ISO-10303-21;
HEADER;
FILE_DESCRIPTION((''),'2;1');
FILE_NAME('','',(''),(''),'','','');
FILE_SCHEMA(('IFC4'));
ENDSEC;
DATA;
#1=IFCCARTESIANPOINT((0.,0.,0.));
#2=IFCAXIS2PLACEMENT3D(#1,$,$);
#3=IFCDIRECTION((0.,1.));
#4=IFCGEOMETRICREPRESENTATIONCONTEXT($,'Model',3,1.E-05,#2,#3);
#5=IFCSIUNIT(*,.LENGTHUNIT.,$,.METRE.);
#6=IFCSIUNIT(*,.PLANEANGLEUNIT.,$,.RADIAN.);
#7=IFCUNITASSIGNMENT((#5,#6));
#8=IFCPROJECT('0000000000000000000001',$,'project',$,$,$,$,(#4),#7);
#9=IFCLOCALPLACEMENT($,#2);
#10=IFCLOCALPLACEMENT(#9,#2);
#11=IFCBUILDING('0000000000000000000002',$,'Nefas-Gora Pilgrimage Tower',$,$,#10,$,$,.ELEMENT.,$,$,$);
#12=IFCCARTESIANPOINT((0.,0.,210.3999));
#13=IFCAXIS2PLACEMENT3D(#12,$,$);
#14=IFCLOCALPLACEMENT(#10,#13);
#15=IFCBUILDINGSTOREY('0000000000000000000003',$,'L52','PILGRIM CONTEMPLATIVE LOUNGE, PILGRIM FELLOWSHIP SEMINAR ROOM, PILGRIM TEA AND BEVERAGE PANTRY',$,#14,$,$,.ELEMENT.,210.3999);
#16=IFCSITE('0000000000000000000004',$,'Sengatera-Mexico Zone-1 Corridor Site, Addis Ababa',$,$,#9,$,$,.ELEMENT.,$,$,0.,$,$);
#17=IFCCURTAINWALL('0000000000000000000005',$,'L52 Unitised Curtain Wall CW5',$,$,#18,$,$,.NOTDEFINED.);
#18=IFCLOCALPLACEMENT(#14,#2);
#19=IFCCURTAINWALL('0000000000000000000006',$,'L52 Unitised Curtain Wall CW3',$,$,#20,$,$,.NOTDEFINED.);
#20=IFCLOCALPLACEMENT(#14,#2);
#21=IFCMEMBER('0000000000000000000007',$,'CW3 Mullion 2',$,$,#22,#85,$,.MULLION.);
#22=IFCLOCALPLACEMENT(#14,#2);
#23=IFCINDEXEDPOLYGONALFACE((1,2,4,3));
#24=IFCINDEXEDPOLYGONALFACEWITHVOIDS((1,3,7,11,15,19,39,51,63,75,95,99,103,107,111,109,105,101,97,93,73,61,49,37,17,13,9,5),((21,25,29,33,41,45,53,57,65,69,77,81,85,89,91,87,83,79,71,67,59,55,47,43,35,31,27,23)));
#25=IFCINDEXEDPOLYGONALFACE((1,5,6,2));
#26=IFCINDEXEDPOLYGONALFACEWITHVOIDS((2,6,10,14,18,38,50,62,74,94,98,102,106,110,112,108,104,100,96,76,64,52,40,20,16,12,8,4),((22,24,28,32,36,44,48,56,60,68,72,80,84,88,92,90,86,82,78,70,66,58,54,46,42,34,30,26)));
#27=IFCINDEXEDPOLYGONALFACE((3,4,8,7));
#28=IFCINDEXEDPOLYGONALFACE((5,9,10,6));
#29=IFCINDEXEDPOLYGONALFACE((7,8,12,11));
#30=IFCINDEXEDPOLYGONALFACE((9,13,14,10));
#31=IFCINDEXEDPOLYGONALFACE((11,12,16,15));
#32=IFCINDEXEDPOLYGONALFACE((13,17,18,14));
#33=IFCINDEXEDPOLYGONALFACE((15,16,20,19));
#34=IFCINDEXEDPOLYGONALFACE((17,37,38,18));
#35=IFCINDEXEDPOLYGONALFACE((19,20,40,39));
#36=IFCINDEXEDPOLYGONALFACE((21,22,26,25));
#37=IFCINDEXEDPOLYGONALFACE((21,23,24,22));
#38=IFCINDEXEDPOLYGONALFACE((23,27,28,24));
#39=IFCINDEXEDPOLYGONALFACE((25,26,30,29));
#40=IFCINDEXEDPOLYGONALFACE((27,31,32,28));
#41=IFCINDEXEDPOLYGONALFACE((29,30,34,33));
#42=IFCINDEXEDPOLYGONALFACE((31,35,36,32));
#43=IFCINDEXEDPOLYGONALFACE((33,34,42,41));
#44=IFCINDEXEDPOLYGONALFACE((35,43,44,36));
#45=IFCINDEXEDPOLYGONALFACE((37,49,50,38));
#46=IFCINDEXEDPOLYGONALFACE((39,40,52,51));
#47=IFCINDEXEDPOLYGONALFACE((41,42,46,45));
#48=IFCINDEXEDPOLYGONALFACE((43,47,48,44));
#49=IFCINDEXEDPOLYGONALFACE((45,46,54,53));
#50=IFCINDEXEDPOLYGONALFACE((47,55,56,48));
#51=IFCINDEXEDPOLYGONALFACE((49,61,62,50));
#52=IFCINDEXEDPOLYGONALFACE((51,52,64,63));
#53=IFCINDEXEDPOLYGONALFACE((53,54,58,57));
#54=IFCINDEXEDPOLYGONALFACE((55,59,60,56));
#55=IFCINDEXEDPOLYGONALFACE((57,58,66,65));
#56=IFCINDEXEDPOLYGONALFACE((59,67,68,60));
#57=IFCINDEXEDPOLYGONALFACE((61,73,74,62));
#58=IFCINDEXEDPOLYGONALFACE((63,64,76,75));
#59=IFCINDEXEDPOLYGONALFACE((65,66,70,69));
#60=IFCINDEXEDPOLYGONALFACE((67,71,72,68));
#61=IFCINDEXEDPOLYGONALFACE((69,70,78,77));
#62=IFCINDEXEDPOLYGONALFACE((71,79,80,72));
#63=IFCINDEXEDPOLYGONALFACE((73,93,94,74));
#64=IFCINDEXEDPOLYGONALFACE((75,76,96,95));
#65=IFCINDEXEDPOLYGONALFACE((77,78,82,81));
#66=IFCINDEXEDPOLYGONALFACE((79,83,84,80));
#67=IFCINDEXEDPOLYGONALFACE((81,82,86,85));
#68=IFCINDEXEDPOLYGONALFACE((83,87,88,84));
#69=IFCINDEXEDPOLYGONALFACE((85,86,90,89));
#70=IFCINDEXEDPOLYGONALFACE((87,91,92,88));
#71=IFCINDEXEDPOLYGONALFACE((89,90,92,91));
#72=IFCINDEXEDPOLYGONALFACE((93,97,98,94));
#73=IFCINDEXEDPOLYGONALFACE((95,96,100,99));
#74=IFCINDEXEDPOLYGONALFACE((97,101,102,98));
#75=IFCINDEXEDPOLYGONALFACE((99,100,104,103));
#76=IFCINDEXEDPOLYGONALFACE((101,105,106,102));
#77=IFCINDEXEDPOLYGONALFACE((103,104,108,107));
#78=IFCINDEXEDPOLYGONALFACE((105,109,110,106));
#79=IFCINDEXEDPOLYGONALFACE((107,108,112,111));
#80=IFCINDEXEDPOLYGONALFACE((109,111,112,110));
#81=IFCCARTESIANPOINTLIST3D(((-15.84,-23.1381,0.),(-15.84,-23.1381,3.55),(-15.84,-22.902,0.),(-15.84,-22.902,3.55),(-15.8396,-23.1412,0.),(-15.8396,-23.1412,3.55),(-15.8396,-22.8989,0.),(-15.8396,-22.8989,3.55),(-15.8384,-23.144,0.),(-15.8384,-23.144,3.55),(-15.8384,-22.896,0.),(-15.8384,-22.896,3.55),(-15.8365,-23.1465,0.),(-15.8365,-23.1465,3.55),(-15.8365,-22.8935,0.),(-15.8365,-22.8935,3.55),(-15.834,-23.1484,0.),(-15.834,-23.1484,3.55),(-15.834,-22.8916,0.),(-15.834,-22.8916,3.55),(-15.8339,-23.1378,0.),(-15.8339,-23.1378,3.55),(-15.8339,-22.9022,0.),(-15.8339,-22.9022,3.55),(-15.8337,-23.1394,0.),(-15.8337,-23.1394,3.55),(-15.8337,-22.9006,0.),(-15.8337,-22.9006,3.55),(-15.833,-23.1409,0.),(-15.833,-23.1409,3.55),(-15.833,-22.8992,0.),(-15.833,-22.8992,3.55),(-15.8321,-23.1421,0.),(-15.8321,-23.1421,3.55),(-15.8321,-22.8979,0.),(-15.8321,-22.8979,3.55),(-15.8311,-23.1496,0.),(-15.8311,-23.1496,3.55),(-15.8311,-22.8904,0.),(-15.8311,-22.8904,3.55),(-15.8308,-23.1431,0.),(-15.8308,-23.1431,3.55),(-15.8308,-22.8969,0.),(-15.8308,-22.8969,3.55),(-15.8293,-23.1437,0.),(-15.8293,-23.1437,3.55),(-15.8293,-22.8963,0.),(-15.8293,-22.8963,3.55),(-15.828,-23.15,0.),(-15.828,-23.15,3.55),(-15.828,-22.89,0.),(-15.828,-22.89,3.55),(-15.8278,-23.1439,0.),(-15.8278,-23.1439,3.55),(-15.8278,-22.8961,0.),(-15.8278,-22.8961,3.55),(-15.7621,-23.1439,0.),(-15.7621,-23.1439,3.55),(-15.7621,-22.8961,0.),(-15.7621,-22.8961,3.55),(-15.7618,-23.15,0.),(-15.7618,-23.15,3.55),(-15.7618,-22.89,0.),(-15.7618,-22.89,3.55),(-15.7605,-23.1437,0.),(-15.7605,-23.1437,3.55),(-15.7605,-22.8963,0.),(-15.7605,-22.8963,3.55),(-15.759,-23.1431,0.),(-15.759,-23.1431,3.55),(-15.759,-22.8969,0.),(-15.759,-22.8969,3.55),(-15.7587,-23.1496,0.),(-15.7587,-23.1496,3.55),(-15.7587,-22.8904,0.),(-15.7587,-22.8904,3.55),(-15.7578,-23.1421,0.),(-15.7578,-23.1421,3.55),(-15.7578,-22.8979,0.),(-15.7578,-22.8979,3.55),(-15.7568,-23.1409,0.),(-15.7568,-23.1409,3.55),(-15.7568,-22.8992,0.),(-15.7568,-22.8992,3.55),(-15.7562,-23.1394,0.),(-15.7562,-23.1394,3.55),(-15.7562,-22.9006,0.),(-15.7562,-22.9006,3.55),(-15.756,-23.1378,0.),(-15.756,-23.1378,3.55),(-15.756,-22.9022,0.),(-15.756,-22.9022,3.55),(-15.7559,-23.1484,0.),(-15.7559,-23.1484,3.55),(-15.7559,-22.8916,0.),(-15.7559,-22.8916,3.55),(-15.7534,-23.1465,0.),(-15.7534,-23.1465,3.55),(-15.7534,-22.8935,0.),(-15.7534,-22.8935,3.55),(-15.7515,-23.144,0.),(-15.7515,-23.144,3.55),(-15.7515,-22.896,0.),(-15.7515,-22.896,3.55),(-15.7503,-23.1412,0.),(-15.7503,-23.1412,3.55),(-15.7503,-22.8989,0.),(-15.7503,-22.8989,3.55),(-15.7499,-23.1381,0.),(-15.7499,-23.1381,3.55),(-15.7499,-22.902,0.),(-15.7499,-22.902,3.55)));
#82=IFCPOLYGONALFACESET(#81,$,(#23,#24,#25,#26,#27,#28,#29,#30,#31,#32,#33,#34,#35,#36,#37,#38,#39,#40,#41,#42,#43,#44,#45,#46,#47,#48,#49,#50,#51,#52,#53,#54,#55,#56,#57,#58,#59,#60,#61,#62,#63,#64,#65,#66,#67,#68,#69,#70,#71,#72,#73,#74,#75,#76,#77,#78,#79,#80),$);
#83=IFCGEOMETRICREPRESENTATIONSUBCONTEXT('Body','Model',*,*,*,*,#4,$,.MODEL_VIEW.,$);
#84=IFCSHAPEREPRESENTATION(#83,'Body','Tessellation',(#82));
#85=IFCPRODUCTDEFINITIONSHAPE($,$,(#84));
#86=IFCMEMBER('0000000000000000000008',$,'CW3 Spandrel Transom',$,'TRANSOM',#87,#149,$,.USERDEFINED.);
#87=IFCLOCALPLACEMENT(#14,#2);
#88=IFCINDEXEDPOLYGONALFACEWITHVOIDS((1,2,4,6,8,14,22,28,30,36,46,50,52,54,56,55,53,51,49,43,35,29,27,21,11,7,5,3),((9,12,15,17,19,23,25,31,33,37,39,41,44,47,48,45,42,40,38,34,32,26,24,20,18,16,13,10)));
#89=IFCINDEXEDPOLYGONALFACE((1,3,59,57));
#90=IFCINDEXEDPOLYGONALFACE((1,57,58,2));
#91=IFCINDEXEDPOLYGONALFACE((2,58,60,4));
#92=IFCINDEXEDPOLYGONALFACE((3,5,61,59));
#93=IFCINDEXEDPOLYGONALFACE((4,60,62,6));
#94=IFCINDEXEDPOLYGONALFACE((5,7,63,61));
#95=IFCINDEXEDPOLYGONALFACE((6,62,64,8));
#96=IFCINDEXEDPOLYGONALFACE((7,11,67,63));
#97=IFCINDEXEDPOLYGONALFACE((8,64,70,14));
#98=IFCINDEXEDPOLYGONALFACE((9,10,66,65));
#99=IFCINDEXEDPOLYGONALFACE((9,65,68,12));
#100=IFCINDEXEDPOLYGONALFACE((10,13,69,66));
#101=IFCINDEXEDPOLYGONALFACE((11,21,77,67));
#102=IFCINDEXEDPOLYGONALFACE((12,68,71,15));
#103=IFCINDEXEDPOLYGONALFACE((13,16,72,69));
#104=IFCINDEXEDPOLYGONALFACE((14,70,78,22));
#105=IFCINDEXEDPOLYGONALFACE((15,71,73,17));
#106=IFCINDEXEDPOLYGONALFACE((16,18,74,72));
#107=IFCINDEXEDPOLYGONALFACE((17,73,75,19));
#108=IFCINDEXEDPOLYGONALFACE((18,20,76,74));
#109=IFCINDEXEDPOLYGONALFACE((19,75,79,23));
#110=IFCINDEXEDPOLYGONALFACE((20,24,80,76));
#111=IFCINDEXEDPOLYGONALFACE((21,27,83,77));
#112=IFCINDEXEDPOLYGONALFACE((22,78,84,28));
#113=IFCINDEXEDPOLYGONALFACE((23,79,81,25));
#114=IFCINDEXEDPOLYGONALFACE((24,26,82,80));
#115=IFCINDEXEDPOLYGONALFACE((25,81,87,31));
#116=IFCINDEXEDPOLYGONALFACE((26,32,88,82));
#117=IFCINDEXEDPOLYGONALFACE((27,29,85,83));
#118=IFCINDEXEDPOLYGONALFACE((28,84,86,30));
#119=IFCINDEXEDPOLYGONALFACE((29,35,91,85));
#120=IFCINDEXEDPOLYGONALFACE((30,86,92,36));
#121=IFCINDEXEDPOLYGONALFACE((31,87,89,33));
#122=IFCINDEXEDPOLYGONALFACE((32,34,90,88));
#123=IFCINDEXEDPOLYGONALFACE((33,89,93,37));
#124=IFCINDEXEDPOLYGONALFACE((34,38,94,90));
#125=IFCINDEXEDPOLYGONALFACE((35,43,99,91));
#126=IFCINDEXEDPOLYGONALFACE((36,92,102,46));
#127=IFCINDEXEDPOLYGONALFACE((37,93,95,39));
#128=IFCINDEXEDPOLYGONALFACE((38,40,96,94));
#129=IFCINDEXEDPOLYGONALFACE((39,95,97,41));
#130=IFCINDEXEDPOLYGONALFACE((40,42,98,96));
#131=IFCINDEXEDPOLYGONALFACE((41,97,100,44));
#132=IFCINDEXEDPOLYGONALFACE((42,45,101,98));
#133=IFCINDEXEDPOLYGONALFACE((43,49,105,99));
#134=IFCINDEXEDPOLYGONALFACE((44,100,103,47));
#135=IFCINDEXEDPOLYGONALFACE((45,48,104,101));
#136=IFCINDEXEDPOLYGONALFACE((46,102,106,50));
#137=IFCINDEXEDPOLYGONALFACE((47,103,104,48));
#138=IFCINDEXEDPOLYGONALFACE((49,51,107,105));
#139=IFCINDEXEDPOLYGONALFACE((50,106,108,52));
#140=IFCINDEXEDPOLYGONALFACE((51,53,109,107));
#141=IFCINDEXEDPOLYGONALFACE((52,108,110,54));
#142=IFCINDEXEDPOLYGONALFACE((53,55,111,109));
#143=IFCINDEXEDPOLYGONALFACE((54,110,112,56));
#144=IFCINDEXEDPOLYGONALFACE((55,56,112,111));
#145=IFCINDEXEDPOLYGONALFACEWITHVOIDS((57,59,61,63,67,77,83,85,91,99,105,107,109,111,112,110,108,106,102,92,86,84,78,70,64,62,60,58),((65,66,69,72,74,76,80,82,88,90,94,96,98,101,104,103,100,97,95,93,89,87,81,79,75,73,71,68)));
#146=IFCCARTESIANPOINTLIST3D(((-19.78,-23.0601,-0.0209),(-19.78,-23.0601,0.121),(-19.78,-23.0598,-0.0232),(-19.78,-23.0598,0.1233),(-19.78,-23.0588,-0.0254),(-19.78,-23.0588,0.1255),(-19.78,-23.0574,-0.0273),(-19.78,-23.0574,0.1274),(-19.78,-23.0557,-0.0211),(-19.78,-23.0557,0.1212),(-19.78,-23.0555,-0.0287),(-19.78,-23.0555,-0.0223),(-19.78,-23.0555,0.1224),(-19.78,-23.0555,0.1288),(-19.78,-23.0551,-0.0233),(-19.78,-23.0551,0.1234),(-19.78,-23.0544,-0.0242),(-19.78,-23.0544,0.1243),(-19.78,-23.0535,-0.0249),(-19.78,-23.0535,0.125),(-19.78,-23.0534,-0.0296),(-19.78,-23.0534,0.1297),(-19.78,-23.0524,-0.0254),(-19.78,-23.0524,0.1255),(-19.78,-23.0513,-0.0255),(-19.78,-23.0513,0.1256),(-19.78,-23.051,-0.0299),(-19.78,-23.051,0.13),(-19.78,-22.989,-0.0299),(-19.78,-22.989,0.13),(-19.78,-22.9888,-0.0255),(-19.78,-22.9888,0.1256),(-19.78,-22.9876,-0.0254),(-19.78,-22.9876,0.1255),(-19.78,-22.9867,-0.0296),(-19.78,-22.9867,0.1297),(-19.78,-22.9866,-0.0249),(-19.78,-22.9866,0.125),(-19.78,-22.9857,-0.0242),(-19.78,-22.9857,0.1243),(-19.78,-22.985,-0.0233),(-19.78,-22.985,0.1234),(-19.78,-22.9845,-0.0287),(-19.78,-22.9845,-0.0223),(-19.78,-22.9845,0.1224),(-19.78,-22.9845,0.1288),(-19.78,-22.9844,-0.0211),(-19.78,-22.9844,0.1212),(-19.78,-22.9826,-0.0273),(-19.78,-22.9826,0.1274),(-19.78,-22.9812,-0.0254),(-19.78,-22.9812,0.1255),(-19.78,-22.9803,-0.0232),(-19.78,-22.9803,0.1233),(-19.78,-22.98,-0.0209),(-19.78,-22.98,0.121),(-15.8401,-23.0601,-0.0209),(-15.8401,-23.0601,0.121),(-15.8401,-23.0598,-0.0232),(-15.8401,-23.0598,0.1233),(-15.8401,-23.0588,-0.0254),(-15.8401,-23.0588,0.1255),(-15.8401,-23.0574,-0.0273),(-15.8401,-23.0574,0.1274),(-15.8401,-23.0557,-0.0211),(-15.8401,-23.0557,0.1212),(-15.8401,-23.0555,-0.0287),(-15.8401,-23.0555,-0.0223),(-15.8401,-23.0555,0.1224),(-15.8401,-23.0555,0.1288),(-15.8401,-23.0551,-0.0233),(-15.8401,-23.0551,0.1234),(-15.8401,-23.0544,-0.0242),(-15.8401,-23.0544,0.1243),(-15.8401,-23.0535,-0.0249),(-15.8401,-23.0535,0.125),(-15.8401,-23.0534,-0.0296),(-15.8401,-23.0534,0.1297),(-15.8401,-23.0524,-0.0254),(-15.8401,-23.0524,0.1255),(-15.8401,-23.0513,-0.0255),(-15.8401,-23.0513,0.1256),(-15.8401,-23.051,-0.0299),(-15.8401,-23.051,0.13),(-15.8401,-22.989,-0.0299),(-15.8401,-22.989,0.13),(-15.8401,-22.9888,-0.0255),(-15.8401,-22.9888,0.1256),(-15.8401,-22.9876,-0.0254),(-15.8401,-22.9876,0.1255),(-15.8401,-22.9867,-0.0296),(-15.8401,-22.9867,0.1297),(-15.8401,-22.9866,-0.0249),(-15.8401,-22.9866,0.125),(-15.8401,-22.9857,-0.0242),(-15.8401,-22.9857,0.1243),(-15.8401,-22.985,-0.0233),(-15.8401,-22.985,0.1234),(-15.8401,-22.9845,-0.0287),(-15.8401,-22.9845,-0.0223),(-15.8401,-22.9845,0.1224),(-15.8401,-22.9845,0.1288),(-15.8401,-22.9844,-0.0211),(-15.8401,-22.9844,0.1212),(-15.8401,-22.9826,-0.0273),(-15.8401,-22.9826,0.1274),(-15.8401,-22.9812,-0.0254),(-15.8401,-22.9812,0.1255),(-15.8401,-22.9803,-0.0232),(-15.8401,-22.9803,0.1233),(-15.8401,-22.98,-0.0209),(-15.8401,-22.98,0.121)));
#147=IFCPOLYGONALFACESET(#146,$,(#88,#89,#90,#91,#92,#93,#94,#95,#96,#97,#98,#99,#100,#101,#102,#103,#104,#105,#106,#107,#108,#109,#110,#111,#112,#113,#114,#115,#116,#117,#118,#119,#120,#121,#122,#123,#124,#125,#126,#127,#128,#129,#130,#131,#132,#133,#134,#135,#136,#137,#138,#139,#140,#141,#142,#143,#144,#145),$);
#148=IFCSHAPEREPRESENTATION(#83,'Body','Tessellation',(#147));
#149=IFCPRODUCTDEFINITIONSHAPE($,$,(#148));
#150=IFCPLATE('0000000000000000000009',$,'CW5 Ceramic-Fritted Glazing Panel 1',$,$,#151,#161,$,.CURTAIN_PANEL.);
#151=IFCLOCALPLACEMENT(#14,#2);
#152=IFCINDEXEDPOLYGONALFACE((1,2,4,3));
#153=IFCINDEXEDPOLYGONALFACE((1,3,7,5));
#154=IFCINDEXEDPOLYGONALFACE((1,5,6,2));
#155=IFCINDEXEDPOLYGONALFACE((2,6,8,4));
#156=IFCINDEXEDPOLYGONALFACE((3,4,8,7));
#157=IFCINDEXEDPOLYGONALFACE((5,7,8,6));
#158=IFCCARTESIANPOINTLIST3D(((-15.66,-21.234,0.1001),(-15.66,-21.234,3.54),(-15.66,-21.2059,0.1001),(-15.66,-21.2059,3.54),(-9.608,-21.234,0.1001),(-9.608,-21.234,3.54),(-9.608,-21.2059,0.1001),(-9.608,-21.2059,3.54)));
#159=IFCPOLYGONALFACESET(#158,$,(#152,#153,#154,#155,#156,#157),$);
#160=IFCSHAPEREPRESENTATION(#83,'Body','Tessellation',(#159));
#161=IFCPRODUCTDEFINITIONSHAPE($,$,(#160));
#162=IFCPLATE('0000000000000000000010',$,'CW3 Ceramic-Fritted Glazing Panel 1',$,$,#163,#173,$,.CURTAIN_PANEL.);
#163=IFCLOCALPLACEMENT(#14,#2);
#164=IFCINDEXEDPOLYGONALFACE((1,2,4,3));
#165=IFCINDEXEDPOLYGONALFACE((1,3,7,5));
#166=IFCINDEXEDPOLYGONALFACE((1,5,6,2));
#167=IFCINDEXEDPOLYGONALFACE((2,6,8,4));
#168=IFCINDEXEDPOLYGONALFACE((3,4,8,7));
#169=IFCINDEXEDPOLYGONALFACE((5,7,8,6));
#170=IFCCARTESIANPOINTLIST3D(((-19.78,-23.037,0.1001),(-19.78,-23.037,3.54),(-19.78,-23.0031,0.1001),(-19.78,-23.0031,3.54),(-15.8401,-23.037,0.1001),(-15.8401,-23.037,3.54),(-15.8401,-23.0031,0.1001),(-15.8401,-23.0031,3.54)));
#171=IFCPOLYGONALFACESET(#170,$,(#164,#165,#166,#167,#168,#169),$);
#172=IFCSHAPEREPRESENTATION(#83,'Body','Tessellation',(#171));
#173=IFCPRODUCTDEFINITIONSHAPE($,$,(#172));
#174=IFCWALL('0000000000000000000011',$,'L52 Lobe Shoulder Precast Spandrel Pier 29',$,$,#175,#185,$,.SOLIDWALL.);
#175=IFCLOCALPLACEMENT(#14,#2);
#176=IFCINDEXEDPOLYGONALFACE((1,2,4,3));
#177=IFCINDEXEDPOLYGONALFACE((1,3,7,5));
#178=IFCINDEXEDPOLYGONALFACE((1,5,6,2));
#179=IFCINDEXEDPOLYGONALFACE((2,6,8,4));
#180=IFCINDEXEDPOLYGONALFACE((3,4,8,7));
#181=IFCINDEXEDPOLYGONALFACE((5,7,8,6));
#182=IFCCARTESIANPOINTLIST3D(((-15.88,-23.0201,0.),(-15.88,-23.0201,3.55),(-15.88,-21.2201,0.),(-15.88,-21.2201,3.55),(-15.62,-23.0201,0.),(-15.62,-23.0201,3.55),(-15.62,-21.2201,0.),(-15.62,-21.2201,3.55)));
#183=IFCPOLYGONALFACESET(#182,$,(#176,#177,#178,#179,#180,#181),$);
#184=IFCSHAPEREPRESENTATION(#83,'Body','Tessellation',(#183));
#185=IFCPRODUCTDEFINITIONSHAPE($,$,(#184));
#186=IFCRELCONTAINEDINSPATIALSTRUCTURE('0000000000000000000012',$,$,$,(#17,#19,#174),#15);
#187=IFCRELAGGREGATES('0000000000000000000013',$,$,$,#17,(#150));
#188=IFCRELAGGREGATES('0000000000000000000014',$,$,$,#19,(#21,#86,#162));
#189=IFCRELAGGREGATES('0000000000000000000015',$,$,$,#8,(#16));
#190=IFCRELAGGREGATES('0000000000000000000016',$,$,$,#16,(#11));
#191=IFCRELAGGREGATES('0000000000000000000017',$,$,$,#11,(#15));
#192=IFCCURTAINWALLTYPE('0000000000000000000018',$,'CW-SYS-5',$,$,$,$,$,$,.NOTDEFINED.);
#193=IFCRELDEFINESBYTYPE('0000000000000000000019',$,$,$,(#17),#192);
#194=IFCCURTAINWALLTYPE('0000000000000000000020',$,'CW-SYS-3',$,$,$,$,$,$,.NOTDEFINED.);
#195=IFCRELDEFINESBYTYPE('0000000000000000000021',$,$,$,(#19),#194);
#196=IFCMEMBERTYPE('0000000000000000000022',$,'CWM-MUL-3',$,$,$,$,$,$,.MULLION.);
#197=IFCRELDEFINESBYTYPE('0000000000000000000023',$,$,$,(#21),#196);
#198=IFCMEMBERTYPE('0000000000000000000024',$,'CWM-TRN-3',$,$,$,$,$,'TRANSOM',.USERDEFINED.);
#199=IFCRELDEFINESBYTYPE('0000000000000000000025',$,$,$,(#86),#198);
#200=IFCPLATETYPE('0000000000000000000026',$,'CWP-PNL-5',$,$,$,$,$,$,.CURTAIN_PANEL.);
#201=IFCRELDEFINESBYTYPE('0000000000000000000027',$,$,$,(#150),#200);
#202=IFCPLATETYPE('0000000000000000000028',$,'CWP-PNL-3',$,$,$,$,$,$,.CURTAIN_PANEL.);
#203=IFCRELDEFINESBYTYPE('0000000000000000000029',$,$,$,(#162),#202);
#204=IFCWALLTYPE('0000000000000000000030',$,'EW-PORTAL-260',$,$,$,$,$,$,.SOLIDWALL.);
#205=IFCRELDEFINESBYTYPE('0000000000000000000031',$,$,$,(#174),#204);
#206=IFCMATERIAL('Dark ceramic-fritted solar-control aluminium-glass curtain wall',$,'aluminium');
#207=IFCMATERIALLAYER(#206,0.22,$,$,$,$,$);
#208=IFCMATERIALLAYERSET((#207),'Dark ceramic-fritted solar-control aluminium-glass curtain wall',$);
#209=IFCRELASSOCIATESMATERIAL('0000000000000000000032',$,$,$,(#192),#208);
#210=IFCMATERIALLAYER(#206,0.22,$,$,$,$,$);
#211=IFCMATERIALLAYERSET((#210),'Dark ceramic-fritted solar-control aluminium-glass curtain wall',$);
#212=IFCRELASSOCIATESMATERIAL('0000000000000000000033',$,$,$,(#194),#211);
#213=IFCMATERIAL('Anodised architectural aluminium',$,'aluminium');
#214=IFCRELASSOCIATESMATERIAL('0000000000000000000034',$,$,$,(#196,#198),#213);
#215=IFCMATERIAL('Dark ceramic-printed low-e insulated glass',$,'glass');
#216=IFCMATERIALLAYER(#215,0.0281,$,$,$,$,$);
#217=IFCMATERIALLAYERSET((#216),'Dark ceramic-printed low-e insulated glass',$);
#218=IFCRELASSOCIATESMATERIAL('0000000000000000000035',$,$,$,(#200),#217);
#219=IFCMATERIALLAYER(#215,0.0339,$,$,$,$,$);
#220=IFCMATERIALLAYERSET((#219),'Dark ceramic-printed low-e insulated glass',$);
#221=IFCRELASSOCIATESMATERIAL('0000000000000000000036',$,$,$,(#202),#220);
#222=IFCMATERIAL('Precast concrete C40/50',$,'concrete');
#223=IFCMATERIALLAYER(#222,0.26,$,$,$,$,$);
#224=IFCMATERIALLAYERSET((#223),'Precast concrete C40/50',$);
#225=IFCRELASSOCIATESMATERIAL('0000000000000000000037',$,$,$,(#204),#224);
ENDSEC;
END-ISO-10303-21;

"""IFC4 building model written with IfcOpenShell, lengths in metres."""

from ifc_helpers import new_model, si_unit, direction, frame, frame_2d, origin, origin_2d, place, context, subcontext, project, spatial, rectangle, hollow_rectangle, extrude, source, transform, mapped, material, layer, layer_set, material_profile, profile_set, type_object, element, aggregate, save


model = new_model("IFC4")

# Units and contexts
model_context = context("Model", 3, precision=1e-05, world=origin(), true_north=direction((0.0, 1.0)))
body_context = subcontext(model_context, "Body", "Model", "MODEL_VIEW")
ifc_project = project(units=[si_unit("LENGTHUNIT", "METRE"), si_unit("PLANEANGLEUNIT", "RADIAN")], contexts=[model_context])

# Site, building, storey
site_placement = place(None, origin())
site = spatial("IfcSite", under=ifc_project, at=site_placement, Name="Sengatera-Mexico Zone-1 Corridor Site, Addis Ababa", CompositionType="ELEMENT", RefElevation=0.0)
building_placement = place(site_placement, origin())
building = spatial("IfcBuilding", under=site, at=building_placement, Name="Nefas-Gora Pilgrimage Tower", CompositionType="ELEMENT")
storey_placement = place(building_placement, frame((0.0, 0.0, 210.3999)))
storey = spatial("IfcBuildingStorey", under=building, at=storey_placement, Name="L52", Description="PILGRIM CONTEMPLATIVE LOUNGE, PILGRIM FELLOWSHIP SEMINAR ROOM, PILGRIM TEA AND BEVERAGE PANTRY", CompositionType="ELEMENT", Elevation=210.3999)

# Curtain wall
ifc_material_1 = material(Name="Dark ceramic-fritted solar-control aluminium-glass curtain wall", Category="aluminium")
ifc_layer_1 = layer(ifc_material_1, 0.22)
ifc_layer_set_1 = layer_set([ifc_layer_1], Name="Dark ceramic-fritted solar-control aluminium-glass curtain wall")
curtain_wall_type_1 = type_object("IfcCurtainWallType", Name="CW-SYS-5", PredefinedType="NOTDEFINED", material=ifc_layer_set_1)
curtain_wall_1_placement = place(storey_placement, origin())
curtain_wall_1 = element("IfcCurtainWall", 1, at=curtain_wall_1_placement, inside=storey, type_object=curtain_wall_type_1, Name="L52 Unitised Curtain Wall CW5", PredefinedType="NOTDEFINED")
ifc_material_2 = material(Name="Anodised architectural aluminium", Category="aluminium")

# Shared definitions
ifc_layer_2 = layer(ifc_material_1, 0.22)
ifc_layer_set_2 = layer_set([ifc_layer_2], Name="Dark ceramic-fritted solar-control aluminium-glass curtain wall")
curtain_wall_type_2 = type_object("IfcCurtainWallType", Name="CW-SYS-3", PredefinedType="NOTDEFINED", material=ifc_layer_set_2)
ifc_material_profile_1 = material_profile(ifc_material_2, hollow_rectangle(XDim=0.0901, YDim=0.26, WallThickness=0.0061, InnerFilletRadius=0.0061, OuterFilletRadius=0.012, at=origin_2d()), Name="ALU MULLION 90x260")
ifc_profile_set_1 = profile_set([ifc_material_profile_1], Name="Anodised architectural aluminium")
member_type_1 = type_object("IfcMemberType", Name="CWM-MUL-3", PredefinedType="MULLION", material=ifc_profile_set_1)
shared_shape_1 = source(origin(), body_context, "Body", "SweptSolid", [
    extrude(hollow_rectangle(XDim=0.0901, YDim=0.26, WallThickness=0.0061, InnerFilletRadius=0.0061, OuterFilletRadius=0.012, at=origin_2d()), origin(), (0.0, 0.0, 1.0), 3.55),
])

# Curtain wall, members
curtain_wall_2_placement = place(storey_placement, origin())
curtain_wall_2 = element("IfcCurtainWall", 2, at=curtain_wall_2_placement, inside=storey, type_object=curtain_wall_type_2, Name="L52 Unitised Curtain Wall CW3", PredefinedType="NOTDEFINED")
member_1_placement = place(storey_placement, frame((-15.7949, -23.02, 0.0), z_axis=(0.0, 0.0, 1.0), x_axis=(1.0, 0.0, 0.0)))
member_1 = element("IfcMember", 3, at=member_1_placement, type_object=member_type_1, Name="CW3 Mullion 2", PredefinedType="MULLION", context=body_context, shape_type="MappedRepresentation", body=[
    mapped(shared_shape_1, transform((0.0, 0.0, 0.0), x_axis=(1.0, 0.0, 0.0), y_axis=(0.0, 1.0, 0.0), z_axis=(0.0, 0.0, 1.0), scale=1.0)),
])
ifc_material_profile_2 = material_profile(ifc_material_2, hollow_rectangle(XDim=0.0801, YDim=0.1599, WallThickness=0.0044, InnerFilletRadius=0.0044, OuterFilletRadius=0.009, at=origin_2d()), Name="ALU TRANSOM 80x160")
ifc_profile_set_2 = profile_set([ifc_material_profile_2], Name="Anodised architectural aluminium")
member_type_2 = type_object("IfcMemberType", Name="CWM-TRN-3", ElementType="TRANSOM", PredefinedType="USERDEFINED", material=ifc_profile_set_2)
shared_shape_2 = source(origin(), body_context, "Body", "SweptSolid", [
    extrude(hollow_rectangle(XDim=0.0801, YDim=0.1599, WallThickness=0.0044, InnerFilletRadius=0.0044, OuterFilletRadius=0.009, at=origin_2d()), origin(), (0.0, 0.0, 1.0), 3.9399),
])
member_2_placement = place(storey_placement, frame((-19.78, -23.02, 0.05), z_axis=(1.0, 0.0, 0.0), x_axis=(0.0, 1.0, 0.0)))
member_2 = element("IfcMember", 4, at=member_2_placement, type_object=member_type_2, Name="CW3 Spandrel Transom", ObjectType="TRANSOM", PredefinedType="USERDEFINED", context=body_context, shape_type="MappedRepresentation", body=[
    mapped(shared_shape_2, transform((0.0, 0.0, 0.0), x_axis=(1.0, 0.0, 0.0), y_axis=(0.0, 1.0, 0.0), z_axis=(0.0, 0.0, 1.0), scale=1.0)),
])

# Plates
ifc_material_3 = material(Name="Dark ceramic-printed low-e insulated glass", Category="glass")
ifc_layer_3 = layer(ifc_material_3, 0.0281)
ifc_layer_set_3 = layer_set([ifc_layer_3], Name="Dark ceramic-printed low-e insulated glass")
plate_type_1 = type_object("IfcPlateType", Name="CWP-PNL-5", PredefinedType="CURTAIN_PANEL", material=ifc_layer_set_3)
shared_shape_3 = source(origin(), body_context, "Body", "SweptSolid", [
    extrude(rectangle(XDim=6.052, YDim=0.0281, at=origin_2d()), origin(), (0.0, 0.0, 1.0), 3.4399),
])
plate_1_placement = place(storey_placement, frame((-12.634, -21.22, 0.1001), z_axis=(0.0, 0.0, 1.0), x_axis=(1.0, 0.0, 0.0)))
plate_1 = element("IfcPlate", 5, at=plate_1_placement, type_object=plate_type_1, Name="CW5 Ceramic-Fritted Glazing Panel 1", PredefinedType="CURTAIN_PANEL", context=body_context, shape_type="MappedRepresentation", body=[
    mapped(shared_shape_3, transform((0.0, 0.0, 0.0), x_axis=(1.0, 0.0, 0.0), y_axis=(0.0, 1.0, 0.0), z_axis=(0.0, 0.0, 1.0), scale=1.0)),
])
aggregate(curtain_wall_1, [plate_1])
ifc_layer_4 = layer(ifc_material_3, 0.0339)
ifc_layer_set_4 = layer_set([ifc_layer_4], Name="Dark ceramic-printed low-e insulated glass")
plate_type_2 = type_object("IfcPlateType", Name="CWP-PNL-3", PredefinedType="CURTAIN_PANEL", material=ifc_layer_set_4)
shared_shape_4 = source(origin(), body_context, "Body", "SweptSolid", [
    extrude(rectangle(XDim=3.9399, YDim=0.0339, at=origin_2d()), origin(), (0.0, 0.0, 1.0), 3.4399),
])
plate_2_placement = place(storey_placement, frame((-17.8101, -23.02, 0.1001), z_axis=(0.0, 0.0, 1.0), x_axis=(1.0, 0.0, 0.0)))
plate_2 = element("IfcPlate", 6, at=plate_2_placement, type_object=plate_type_2, Name="CW3 Ceramic-Fritted Glazing Panel 1", PredefinedType="CURTAIN_PANEL", context=body_context, shape_type="MappedRepresentation", body=[
    mapped(shared_shape_4, transform((0.0, 0.0, 0.0), x_axis=(1.0, 0.0, 0.0), y_axis=(0.0, 1.0, 0.0), z_axis=(0.0, 0.0, 1.0), scale=1.0)),
])
aggregate(curtain_wall_2, [member_1, member_2, plate_2])

# Wall
ifc_material_4 = material(Name="Precast concrete C40/50", Category="concrete")
ifc_layer_5 = layer(ifc_material_4, 0.26)
ifc_layer_set_5 = layer_set([ifc_layer_5], Name="Precast concrete C40/50")
wall_type_1 = type_object("IfcWallType", Name="EW-PORTAL-260", PredefinedType="SOLIDWALL", material=ifc_layer_set_5)
shared_shape_5 = source(origin(), body_context, "Body", "SweptSolid", [
    extrude(rectangle(XDim=1.8, YDim=0.26, at=frame_2d((0.8999, 0.0))), origin(), (0.0, 0.0, 1.0), 3.55),
])
wall_1_placement = place(storey_placement, frame((-15.75, -23.02, 0.0), z_axis=(0.0, 0.0, 1.0), x_axis=(0.0, 1.0, 0.0)))
element("IfcWall", 7, at=wall_1_placement, inside=storey, type_object=wall_type_1, Name="L52 Lobe Shoulder Precast Spandrel Pier 29", PredefinedType="SOLIDWALL", context=body_context, shape_type="MappedRepresentation", body=[
    mapped(shared_shape_5, transform((0.0, 0.0, 0.0), x_axis=(1.0, 0.0, 0.0), y_axis=(0.0, 1.0, 0.0), z_axis=(0.0, 0.0, 1.0), scale=1.0)),
])

save(model, "model.ifc")
